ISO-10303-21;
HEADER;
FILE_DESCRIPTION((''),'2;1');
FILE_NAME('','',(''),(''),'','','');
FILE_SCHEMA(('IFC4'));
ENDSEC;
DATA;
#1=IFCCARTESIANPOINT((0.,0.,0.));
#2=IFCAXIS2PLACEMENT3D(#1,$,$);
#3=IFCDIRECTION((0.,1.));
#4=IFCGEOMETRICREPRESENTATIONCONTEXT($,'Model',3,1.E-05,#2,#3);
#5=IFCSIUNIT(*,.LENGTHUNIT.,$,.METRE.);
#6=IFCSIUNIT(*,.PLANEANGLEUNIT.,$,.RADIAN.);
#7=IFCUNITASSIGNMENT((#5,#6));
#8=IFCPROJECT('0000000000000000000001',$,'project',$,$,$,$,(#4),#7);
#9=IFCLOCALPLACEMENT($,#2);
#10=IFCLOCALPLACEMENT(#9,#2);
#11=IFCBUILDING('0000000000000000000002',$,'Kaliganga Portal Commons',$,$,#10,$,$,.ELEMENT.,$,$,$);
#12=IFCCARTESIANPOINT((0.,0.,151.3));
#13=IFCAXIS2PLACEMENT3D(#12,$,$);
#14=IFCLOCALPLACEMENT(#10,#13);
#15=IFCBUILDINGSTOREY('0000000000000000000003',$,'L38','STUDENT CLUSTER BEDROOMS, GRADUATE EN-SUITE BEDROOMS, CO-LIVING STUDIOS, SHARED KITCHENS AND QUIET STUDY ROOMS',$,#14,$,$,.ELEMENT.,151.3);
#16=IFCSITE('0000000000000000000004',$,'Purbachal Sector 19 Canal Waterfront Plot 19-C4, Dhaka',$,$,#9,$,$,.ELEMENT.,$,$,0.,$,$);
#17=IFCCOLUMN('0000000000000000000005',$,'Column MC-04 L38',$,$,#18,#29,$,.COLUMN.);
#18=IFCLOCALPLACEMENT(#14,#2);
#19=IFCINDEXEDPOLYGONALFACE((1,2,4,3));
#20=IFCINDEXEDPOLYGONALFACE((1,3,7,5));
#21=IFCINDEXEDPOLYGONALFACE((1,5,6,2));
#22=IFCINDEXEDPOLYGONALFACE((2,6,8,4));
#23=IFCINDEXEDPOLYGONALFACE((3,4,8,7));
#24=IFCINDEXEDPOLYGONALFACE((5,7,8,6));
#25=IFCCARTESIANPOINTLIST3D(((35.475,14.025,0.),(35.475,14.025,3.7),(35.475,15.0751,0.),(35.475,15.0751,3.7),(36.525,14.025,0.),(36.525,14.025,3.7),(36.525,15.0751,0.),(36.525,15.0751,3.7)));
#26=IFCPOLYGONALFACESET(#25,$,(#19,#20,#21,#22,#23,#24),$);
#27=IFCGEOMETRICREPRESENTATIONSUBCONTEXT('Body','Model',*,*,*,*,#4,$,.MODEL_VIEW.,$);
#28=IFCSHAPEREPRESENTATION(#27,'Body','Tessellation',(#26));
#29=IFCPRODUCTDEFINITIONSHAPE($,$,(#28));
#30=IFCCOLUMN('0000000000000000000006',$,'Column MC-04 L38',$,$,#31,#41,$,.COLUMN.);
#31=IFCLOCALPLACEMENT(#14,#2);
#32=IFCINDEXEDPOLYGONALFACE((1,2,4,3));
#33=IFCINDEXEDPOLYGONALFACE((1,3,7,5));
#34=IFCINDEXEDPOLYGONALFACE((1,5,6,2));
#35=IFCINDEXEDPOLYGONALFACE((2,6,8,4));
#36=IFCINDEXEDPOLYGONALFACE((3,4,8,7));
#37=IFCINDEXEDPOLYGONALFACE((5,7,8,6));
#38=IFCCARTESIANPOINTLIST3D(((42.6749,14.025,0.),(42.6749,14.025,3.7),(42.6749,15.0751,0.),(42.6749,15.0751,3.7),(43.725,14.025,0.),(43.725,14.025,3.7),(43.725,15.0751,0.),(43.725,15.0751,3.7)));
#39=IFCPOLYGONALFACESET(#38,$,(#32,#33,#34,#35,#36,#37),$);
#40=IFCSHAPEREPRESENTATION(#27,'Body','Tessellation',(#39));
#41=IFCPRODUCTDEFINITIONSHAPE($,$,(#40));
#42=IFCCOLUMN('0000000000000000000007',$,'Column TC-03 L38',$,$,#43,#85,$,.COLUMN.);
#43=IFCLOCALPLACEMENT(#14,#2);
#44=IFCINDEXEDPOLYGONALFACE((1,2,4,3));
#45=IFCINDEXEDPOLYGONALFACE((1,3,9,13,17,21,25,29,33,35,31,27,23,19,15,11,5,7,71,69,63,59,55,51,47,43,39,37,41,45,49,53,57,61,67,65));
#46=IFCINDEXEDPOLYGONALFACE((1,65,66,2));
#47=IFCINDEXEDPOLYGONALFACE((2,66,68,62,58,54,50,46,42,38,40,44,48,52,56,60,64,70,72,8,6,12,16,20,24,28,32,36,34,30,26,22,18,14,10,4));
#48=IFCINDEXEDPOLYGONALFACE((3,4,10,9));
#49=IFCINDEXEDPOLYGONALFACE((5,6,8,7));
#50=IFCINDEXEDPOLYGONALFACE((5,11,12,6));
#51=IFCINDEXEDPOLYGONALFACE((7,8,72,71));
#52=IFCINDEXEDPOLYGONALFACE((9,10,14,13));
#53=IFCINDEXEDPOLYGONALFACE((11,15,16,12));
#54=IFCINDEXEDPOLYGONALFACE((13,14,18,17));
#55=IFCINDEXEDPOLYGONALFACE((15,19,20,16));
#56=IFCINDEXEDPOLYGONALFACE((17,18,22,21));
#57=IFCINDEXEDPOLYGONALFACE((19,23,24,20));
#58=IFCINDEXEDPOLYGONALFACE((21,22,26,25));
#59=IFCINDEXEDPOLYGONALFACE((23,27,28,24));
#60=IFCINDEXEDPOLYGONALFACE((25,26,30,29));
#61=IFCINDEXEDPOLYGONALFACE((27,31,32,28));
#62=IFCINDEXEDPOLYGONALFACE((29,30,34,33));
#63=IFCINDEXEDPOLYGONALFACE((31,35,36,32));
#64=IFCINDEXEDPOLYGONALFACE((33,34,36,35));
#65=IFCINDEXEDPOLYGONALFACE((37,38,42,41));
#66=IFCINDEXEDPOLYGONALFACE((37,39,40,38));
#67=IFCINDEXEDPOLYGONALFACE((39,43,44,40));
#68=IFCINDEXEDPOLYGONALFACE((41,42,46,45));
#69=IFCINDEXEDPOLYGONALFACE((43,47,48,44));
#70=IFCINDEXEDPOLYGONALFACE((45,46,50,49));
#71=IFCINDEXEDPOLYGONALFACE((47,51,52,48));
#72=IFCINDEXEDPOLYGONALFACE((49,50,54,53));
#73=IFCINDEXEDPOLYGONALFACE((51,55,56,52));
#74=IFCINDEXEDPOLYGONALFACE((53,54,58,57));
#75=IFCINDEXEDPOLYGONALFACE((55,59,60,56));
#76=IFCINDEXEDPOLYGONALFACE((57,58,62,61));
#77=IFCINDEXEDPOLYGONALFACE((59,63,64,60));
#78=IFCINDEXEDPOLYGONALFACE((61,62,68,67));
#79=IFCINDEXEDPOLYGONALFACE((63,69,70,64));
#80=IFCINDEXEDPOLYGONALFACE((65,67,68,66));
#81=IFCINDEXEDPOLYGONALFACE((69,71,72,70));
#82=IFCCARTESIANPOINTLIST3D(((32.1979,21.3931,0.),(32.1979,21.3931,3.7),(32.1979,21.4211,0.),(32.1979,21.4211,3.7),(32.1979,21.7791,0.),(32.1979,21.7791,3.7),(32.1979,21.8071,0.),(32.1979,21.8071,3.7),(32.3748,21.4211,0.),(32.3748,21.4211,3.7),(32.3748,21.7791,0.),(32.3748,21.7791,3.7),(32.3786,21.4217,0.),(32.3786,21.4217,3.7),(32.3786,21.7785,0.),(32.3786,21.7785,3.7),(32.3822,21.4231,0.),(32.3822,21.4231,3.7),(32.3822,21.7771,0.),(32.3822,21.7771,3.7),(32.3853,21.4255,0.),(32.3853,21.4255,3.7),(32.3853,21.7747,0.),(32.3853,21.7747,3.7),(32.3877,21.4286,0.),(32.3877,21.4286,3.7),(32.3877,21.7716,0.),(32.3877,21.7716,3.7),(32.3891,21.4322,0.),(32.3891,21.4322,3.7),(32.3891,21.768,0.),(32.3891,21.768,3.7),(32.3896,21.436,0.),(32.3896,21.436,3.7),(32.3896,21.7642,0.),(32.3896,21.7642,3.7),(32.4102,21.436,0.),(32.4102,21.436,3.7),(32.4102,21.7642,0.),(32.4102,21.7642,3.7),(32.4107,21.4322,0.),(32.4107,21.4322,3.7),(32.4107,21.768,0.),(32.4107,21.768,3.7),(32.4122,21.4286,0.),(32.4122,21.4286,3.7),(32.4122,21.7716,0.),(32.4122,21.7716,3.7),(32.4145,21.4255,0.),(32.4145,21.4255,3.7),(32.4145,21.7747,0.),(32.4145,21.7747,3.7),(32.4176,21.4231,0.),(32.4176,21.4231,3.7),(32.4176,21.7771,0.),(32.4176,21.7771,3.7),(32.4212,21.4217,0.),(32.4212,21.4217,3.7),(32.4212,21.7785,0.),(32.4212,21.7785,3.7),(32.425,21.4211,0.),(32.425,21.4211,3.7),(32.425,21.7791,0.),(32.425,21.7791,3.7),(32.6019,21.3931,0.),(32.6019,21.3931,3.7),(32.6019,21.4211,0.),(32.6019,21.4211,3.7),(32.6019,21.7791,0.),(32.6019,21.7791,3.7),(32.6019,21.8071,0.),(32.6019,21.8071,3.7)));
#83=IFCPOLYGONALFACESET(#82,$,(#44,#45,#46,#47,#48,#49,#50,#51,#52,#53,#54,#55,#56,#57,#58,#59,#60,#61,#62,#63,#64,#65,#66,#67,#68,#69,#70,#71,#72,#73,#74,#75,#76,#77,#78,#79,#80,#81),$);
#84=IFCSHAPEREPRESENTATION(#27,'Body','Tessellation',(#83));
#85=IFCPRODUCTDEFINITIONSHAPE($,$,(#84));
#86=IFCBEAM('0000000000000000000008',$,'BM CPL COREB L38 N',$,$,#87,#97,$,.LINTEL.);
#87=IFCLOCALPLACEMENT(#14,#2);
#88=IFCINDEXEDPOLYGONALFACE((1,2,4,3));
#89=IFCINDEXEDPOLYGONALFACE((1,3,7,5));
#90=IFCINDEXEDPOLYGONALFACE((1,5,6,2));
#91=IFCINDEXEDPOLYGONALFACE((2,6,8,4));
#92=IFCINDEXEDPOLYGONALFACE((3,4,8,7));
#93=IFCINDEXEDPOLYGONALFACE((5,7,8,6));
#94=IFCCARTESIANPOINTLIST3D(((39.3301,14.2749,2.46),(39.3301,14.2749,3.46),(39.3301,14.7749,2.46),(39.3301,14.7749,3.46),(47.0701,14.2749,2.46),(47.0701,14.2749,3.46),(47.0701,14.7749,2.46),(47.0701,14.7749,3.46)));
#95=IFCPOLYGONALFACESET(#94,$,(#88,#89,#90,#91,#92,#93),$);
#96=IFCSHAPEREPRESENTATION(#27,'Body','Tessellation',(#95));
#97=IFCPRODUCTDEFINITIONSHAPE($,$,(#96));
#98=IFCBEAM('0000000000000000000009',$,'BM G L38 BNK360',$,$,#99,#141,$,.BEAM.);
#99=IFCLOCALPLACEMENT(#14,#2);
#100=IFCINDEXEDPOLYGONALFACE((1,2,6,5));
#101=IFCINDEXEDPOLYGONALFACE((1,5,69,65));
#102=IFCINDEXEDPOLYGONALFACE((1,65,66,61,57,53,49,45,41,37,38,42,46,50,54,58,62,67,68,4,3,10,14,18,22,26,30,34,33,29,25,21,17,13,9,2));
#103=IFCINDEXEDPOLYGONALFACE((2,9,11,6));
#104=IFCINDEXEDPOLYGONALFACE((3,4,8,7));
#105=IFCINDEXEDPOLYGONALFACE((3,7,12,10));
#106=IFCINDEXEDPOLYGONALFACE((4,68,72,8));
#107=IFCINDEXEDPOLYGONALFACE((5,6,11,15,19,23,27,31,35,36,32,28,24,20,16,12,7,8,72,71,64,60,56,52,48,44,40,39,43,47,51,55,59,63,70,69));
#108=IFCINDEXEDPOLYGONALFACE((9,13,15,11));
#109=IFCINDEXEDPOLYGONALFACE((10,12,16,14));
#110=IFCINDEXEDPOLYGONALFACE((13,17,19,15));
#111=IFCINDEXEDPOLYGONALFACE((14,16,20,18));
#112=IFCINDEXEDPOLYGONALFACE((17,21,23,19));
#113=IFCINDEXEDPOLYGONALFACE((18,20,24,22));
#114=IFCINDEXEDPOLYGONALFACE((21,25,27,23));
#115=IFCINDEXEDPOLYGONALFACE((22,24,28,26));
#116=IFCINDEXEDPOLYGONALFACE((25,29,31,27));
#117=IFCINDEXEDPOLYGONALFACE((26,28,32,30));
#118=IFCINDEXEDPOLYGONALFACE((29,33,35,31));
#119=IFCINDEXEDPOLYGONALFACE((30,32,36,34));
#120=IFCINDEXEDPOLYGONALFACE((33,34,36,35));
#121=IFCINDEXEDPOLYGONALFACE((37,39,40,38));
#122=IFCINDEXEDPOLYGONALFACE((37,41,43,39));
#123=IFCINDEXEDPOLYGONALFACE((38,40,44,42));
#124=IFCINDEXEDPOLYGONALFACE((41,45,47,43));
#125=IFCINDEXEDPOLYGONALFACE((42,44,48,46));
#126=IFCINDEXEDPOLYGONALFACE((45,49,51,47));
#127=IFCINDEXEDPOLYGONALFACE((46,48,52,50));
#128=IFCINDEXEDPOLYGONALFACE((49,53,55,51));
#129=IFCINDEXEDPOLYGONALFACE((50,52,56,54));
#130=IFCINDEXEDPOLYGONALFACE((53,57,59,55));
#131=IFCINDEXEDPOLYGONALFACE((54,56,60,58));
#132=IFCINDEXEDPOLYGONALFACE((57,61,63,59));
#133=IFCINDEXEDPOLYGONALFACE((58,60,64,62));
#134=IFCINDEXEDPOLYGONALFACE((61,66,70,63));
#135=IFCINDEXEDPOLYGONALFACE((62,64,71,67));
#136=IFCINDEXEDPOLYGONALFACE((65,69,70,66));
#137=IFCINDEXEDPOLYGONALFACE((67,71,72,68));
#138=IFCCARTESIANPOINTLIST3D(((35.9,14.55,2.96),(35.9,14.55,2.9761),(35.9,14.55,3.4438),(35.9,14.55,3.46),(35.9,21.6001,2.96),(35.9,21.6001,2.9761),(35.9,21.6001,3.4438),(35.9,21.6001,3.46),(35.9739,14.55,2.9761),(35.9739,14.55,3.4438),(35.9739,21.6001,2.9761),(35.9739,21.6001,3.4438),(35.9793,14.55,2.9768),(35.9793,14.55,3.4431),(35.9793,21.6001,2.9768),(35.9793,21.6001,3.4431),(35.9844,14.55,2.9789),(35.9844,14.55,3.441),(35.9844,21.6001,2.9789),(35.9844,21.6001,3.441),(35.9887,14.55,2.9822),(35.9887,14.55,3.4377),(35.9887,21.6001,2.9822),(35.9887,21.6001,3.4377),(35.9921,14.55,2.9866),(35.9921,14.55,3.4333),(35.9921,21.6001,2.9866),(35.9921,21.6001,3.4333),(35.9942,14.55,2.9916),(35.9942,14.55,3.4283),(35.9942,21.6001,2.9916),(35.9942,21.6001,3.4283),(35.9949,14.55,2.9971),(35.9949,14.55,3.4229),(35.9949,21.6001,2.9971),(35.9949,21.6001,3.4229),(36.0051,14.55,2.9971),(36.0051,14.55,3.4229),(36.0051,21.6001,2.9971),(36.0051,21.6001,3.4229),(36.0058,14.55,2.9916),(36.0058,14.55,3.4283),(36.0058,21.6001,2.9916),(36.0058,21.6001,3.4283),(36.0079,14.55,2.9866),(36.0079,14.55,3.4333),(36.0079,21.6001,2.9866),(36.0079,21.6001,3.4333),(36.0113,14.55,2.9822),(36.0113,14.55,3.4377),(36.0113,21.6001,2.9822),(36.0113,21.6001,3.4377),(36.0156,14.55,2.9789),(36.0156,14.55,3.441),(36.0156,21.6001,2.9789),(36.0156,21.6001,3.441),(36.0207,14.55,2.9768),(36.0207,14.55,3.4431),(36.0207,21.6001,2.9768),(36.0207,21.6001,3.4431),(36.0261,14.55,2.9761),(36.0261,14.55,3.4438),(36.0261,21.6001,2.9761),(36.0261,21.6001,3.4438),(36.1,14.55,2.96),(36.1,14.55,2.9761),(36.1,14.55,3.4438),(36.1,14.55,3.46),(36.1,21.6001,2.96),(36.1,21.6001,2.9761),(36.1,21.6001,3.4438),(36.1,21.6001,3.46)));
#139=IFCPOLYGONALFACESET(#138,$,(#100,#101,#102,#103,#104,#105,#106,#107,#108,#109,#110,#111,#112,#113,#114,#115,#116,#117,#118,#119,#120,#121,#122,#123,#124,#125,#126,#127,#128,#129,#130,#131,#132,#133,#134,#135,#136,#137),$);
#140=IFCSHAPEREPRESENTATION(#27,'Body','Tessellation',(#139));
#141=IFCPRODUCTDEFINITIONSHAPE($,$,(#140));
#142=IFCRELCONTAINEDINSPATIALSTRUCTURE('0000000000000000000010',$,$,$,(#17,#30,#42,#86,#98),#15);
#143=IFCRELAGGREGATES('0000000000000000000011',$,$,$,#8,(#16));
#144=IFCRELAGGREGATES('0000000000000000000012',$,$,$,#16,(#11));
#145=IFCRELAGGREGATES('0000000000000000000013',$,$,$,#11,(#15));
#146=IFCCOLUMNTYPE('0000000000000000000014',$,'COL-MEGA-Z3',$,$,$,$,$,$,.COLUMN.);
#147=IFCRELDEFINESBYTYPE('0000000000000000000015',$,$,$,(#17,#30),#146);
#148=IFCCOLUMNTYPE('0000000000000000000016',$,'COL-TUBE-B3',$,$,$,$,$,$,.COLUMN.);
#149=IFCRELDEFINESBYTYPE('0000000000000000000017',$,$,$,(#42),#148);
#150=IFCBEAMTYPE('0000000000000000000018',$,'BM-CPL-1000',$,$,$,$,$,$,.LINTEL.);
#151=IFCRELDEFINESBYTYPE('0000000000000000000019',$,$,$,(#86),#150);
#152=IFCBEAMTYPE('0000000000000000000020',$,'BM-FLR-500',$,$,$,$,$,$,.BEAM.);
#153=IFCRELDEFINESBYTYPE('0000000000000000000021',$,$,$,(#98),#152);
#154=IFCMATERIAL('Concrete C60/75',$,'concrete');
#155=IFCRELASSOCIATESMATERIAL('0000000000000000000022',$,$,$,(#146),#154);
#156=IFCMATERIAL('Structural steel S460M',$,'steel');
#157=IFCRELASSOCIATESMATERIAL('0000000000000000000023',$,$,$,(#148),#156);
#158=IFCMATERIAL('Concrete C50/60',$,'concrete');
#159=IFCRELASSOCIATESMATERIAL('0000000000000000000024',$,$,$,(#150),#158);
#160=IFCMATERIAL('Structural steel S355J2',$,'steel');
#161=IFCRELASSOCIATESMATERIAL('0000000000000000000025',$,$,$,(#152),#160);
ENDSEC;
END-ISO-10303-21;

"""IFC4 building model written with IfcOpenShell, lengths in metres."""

from ifc_helpers import new_model, si_unit, direction, frame, origin, origin_2d, place, context, subcontext, project, spatial, rectangle, i_section, extrude, source, transform, mapped, material, material_profile, profile_set, type_object, element, save


model = new_model("IFC4")

# Units and contexts
model_context = context("Model", 3, precision=1e-05, world=origin(), true_north=direction((0.0, 1.0)))
body_context = subcontext(model_context, "Body", "Model", "MODEL_VIEW")
ifc_project = project(units=[si_unit("LENGTHUNIT", "METRE"), si_unit("PLANEANGLEUNIT", "RADIAN")], contexts=[model_context])

# Site, building, storey
site_placement = place(None, origin())
site = spatial("IfcSite", under=ifc_project, at=site_placement, Name="Purbachal Sector 19 Canal Waterfront Plot 19-C4, Dhaka", CompositionType="ELEMENT", RefElevation=0.0)
building_placement = place(site_placement, origin())
building = spatial("IfcBuilding", under=site, at=building_placement, Name="Kaliganga Portal Commons", CompositionType="ELEMENT")
storey_placement = place(building_placement, frame((0.0, 0.0, 151.3)))
storey = spatial("IfcBuildingStorey", under=building, at=storey_placement, Name="L38", Description="STUDENT CLUSTER BEDROOMS, GRADUATE EN-SUITE BEDROOMS, CO-LIVING STUDIOS, SHARED KITCHENS AND QUIET STUDY ROOMS", CompositionType="ELEMENT", Elevation=151.3)

# Columns
ifc_material_1 = material(Name="Concrete C60/75", Category="concrete")
ifc_material_profile_1 = material_profile(ifc_material_1, rectangle(XDim=1.05, YDim=1.05, at=origin_2d()), Name="RC 1050x1050")
ifc_profile_set_1 = profile_set([ifc_material_profile_1], Name="Concrete C60/75")
column_type_1 = type_object("IfcColumnType", Name="COL-MEGA-Z3", PredefinedType="COLUMN", material=ifc_profile_set_1)
shared_shape_1 = source(origin(), body_context, "Body", "SweptSolid", [
    extrude(rectangle(XDim=1.05, YDim=1.05, at=origin_2d()), origin(), (0.0, 0.0, 1.0), 3.7),
])
for number, where, z_axis, x_axis, name in (
    (1, (36.0, 14.55, 0.0), (0.0, 0.0, 1.0), (1.0, 0.0, 0.0), "Column MC-04 L38"),
    (2, (43.2, 14.55, 0.0), (0.0, 0.0, 1.0), (1.0, 0.0, 0.0), "Column MC-04 L38"),
):
    element("IfcColumn", number, at=place(storey_placement, frame(where, z_axis=z_axis, x_axis=x_axis)), inside=storey, type_object=column_type_1, Name=name, PredefinedType="COLUMN", context=body_context, shape_type="MappedRepresentation", body=[
        mapped(shared_shape_1, transform((0.0, 0.0, 0.0), x_axis=(1.0, 0.0, 0.0), y_axis=(0.0, 1.0, 0.0), z_axis=(0.0, 0.0, 1.0), scale=1.0)),
    ])
ifc_material_2 = material(Name="Structural steel S460M", Category="steel")
ifc_material_profile_2 = material_profile(ifc_material_2, i_section(OverallWidth=0.4041, OverallDepth=0.4141, WebThickness=0.0205, FlangeThickness=0.0281, FilletRadius=0.0149, at=origin_2d()), Name="HD 400x347")
ifc_profile_set_2 = profile_set([ifc_material_profile_2], Name="Structural steel S460M wide-flange")
column_type_2 = type_object("IfcColumnType", Name="COL-TUBE-B3", PredefinedType="COLUMN", material=ifc_profile_set_2)
shared_shape_2 = source(origin(), body_context, "Body", "SweptSolid", [
    extrude(i_section(OverallWidth=0.4041, OverallDepth=0.4141, WebThickness=0.0205, FlangeThickness=0.0281, FilletRadius=0.0149, at=origin_2d()), origin(), (0.0, 0.0, 1.0), 3.7),
])
column_placement = place(storey_placement, frame((32.3999, 21.6001, 0.0), z_axis=(0.0, 0.0, 1.0), x_axis=(1.0, 0.0, 0.0)))
element("IfcColumn", 3, at=column_placement, inside=storey, type_object=column_type_2, Name="Column TC-03 L38", PredefinedType="COLUMN", context=body_context, shape_type="MappedRepresentation", body=[
    mapped(shared_shape_2, transform((0.0, 0.0, 0.0), x_axis=(1.0, 0.0, 0.0), y_axis=(0.0, 1.0, 0.0), z_axis=(0.0, 0.0, 1.0), scale=1.0)),
])

# Beams
ifc_material_3 = material(Name="Concrete C50/60", Category="concrete")
ifc_material_profile_3 = material_profile(ifc_material_3, rectangle(XDim=0.5, YDim=1.0, at=origin_2d()), Name="RC 500x1000")
ifc_profile_set_3 = profile_set([ifc_material_profile_3], Name="Concrete C50/60")
beam_type_1 = type_object("IfcBeamType", Name="BM-CPL-1000", PredefinedType="LINTEL", material=ifc_profile_set_3)
shared_shape_3 = source(origin(), body_context, "Body", "SweptSolid", [
    extrude(rectangle(XDim=0.5, YDim=1.0, at=origin_2d()), origin(), (0.0, 0.0, 1.0), 7.74),
])
beam_1_placement = place(storey_placement, frame((39.3301, 14.5249, 2.96), z_axis=(1.0, 0.0, 0.0), x_axis=(0.0, 1.0, 0.0)))
element("IfcBeam", 4, at=beam_1_placement, inside=storey, type_object=beam_type_1, Name="BM CPL COREB L38 N", PredefinedType="LINTEL", context=body_context, shape_type="MappedRepresentation", body=[
    mapped(shared_shape_3, transform((0.0, 0.0, 0.0), x_axis=(1.0, 0.0, 0.0), y_axis=(0.0, 1.0, 0.0), z_axis=(0.0, 0.0, 1.0), scale=1.0)),
])
ifc_material_4 = material(Name="Structural steel S355J2", Category="steel")
ifc_material_profile_4 = material_profile(ifc_material_4, i_section(OverallWidth=0.2, OverallDepth=0.5, WebThickness=0.0103, FlangeThickness=0.0161, FilletRadius=0.021, at=origin_2d()), Name="IPE 500")
ifc_profile_set_4 = profile_set([ifc_material_profile_4], Name="Structural steel S355J2 wide-flange")
beam_type_2 = type_object("IfcBeamType", Name="BM-FLR-500", PredefinedType="BEAM", material=ifc_profile_set_4)
shared_shape_4 = source(origin(), body_context, "Body", "SweptSolid", [
    extrude(i_section(OverallWidth=0.2, OverallDepth=0.5, WebThickness=0.0103, FlangeThickness=0.0161, FilletRadius=0.021, at=origin_2d()), origin(), (0.0, 0.0, 1.0), 7.05),
])
beam_2_placement = place(storey_placement, frame((36.0, 14.55, 3.21), z_axis=(0.0, 1.0, 0.0), x_axis=(-1.0, 0.0, 0.0)))
element("IfcBeam", 5, at=beam_2_placement, inside=storey, type_object=beam_type_2, Name="BM G L38 BNK360", PredefinedType="BEAM", context=body_context, shape_type="MappedRepresentation", body=[
    mapped(shared_shape_4, transform((0.0, 0.0, 0.0), x_axis=(1.0, 0.0, 0.0), y_axis=(0.0, 1.0, 0.0), z_axis=(0.0, 0.0, 1.0), scale=1.0)),
])

save(model, "model.ifc")
